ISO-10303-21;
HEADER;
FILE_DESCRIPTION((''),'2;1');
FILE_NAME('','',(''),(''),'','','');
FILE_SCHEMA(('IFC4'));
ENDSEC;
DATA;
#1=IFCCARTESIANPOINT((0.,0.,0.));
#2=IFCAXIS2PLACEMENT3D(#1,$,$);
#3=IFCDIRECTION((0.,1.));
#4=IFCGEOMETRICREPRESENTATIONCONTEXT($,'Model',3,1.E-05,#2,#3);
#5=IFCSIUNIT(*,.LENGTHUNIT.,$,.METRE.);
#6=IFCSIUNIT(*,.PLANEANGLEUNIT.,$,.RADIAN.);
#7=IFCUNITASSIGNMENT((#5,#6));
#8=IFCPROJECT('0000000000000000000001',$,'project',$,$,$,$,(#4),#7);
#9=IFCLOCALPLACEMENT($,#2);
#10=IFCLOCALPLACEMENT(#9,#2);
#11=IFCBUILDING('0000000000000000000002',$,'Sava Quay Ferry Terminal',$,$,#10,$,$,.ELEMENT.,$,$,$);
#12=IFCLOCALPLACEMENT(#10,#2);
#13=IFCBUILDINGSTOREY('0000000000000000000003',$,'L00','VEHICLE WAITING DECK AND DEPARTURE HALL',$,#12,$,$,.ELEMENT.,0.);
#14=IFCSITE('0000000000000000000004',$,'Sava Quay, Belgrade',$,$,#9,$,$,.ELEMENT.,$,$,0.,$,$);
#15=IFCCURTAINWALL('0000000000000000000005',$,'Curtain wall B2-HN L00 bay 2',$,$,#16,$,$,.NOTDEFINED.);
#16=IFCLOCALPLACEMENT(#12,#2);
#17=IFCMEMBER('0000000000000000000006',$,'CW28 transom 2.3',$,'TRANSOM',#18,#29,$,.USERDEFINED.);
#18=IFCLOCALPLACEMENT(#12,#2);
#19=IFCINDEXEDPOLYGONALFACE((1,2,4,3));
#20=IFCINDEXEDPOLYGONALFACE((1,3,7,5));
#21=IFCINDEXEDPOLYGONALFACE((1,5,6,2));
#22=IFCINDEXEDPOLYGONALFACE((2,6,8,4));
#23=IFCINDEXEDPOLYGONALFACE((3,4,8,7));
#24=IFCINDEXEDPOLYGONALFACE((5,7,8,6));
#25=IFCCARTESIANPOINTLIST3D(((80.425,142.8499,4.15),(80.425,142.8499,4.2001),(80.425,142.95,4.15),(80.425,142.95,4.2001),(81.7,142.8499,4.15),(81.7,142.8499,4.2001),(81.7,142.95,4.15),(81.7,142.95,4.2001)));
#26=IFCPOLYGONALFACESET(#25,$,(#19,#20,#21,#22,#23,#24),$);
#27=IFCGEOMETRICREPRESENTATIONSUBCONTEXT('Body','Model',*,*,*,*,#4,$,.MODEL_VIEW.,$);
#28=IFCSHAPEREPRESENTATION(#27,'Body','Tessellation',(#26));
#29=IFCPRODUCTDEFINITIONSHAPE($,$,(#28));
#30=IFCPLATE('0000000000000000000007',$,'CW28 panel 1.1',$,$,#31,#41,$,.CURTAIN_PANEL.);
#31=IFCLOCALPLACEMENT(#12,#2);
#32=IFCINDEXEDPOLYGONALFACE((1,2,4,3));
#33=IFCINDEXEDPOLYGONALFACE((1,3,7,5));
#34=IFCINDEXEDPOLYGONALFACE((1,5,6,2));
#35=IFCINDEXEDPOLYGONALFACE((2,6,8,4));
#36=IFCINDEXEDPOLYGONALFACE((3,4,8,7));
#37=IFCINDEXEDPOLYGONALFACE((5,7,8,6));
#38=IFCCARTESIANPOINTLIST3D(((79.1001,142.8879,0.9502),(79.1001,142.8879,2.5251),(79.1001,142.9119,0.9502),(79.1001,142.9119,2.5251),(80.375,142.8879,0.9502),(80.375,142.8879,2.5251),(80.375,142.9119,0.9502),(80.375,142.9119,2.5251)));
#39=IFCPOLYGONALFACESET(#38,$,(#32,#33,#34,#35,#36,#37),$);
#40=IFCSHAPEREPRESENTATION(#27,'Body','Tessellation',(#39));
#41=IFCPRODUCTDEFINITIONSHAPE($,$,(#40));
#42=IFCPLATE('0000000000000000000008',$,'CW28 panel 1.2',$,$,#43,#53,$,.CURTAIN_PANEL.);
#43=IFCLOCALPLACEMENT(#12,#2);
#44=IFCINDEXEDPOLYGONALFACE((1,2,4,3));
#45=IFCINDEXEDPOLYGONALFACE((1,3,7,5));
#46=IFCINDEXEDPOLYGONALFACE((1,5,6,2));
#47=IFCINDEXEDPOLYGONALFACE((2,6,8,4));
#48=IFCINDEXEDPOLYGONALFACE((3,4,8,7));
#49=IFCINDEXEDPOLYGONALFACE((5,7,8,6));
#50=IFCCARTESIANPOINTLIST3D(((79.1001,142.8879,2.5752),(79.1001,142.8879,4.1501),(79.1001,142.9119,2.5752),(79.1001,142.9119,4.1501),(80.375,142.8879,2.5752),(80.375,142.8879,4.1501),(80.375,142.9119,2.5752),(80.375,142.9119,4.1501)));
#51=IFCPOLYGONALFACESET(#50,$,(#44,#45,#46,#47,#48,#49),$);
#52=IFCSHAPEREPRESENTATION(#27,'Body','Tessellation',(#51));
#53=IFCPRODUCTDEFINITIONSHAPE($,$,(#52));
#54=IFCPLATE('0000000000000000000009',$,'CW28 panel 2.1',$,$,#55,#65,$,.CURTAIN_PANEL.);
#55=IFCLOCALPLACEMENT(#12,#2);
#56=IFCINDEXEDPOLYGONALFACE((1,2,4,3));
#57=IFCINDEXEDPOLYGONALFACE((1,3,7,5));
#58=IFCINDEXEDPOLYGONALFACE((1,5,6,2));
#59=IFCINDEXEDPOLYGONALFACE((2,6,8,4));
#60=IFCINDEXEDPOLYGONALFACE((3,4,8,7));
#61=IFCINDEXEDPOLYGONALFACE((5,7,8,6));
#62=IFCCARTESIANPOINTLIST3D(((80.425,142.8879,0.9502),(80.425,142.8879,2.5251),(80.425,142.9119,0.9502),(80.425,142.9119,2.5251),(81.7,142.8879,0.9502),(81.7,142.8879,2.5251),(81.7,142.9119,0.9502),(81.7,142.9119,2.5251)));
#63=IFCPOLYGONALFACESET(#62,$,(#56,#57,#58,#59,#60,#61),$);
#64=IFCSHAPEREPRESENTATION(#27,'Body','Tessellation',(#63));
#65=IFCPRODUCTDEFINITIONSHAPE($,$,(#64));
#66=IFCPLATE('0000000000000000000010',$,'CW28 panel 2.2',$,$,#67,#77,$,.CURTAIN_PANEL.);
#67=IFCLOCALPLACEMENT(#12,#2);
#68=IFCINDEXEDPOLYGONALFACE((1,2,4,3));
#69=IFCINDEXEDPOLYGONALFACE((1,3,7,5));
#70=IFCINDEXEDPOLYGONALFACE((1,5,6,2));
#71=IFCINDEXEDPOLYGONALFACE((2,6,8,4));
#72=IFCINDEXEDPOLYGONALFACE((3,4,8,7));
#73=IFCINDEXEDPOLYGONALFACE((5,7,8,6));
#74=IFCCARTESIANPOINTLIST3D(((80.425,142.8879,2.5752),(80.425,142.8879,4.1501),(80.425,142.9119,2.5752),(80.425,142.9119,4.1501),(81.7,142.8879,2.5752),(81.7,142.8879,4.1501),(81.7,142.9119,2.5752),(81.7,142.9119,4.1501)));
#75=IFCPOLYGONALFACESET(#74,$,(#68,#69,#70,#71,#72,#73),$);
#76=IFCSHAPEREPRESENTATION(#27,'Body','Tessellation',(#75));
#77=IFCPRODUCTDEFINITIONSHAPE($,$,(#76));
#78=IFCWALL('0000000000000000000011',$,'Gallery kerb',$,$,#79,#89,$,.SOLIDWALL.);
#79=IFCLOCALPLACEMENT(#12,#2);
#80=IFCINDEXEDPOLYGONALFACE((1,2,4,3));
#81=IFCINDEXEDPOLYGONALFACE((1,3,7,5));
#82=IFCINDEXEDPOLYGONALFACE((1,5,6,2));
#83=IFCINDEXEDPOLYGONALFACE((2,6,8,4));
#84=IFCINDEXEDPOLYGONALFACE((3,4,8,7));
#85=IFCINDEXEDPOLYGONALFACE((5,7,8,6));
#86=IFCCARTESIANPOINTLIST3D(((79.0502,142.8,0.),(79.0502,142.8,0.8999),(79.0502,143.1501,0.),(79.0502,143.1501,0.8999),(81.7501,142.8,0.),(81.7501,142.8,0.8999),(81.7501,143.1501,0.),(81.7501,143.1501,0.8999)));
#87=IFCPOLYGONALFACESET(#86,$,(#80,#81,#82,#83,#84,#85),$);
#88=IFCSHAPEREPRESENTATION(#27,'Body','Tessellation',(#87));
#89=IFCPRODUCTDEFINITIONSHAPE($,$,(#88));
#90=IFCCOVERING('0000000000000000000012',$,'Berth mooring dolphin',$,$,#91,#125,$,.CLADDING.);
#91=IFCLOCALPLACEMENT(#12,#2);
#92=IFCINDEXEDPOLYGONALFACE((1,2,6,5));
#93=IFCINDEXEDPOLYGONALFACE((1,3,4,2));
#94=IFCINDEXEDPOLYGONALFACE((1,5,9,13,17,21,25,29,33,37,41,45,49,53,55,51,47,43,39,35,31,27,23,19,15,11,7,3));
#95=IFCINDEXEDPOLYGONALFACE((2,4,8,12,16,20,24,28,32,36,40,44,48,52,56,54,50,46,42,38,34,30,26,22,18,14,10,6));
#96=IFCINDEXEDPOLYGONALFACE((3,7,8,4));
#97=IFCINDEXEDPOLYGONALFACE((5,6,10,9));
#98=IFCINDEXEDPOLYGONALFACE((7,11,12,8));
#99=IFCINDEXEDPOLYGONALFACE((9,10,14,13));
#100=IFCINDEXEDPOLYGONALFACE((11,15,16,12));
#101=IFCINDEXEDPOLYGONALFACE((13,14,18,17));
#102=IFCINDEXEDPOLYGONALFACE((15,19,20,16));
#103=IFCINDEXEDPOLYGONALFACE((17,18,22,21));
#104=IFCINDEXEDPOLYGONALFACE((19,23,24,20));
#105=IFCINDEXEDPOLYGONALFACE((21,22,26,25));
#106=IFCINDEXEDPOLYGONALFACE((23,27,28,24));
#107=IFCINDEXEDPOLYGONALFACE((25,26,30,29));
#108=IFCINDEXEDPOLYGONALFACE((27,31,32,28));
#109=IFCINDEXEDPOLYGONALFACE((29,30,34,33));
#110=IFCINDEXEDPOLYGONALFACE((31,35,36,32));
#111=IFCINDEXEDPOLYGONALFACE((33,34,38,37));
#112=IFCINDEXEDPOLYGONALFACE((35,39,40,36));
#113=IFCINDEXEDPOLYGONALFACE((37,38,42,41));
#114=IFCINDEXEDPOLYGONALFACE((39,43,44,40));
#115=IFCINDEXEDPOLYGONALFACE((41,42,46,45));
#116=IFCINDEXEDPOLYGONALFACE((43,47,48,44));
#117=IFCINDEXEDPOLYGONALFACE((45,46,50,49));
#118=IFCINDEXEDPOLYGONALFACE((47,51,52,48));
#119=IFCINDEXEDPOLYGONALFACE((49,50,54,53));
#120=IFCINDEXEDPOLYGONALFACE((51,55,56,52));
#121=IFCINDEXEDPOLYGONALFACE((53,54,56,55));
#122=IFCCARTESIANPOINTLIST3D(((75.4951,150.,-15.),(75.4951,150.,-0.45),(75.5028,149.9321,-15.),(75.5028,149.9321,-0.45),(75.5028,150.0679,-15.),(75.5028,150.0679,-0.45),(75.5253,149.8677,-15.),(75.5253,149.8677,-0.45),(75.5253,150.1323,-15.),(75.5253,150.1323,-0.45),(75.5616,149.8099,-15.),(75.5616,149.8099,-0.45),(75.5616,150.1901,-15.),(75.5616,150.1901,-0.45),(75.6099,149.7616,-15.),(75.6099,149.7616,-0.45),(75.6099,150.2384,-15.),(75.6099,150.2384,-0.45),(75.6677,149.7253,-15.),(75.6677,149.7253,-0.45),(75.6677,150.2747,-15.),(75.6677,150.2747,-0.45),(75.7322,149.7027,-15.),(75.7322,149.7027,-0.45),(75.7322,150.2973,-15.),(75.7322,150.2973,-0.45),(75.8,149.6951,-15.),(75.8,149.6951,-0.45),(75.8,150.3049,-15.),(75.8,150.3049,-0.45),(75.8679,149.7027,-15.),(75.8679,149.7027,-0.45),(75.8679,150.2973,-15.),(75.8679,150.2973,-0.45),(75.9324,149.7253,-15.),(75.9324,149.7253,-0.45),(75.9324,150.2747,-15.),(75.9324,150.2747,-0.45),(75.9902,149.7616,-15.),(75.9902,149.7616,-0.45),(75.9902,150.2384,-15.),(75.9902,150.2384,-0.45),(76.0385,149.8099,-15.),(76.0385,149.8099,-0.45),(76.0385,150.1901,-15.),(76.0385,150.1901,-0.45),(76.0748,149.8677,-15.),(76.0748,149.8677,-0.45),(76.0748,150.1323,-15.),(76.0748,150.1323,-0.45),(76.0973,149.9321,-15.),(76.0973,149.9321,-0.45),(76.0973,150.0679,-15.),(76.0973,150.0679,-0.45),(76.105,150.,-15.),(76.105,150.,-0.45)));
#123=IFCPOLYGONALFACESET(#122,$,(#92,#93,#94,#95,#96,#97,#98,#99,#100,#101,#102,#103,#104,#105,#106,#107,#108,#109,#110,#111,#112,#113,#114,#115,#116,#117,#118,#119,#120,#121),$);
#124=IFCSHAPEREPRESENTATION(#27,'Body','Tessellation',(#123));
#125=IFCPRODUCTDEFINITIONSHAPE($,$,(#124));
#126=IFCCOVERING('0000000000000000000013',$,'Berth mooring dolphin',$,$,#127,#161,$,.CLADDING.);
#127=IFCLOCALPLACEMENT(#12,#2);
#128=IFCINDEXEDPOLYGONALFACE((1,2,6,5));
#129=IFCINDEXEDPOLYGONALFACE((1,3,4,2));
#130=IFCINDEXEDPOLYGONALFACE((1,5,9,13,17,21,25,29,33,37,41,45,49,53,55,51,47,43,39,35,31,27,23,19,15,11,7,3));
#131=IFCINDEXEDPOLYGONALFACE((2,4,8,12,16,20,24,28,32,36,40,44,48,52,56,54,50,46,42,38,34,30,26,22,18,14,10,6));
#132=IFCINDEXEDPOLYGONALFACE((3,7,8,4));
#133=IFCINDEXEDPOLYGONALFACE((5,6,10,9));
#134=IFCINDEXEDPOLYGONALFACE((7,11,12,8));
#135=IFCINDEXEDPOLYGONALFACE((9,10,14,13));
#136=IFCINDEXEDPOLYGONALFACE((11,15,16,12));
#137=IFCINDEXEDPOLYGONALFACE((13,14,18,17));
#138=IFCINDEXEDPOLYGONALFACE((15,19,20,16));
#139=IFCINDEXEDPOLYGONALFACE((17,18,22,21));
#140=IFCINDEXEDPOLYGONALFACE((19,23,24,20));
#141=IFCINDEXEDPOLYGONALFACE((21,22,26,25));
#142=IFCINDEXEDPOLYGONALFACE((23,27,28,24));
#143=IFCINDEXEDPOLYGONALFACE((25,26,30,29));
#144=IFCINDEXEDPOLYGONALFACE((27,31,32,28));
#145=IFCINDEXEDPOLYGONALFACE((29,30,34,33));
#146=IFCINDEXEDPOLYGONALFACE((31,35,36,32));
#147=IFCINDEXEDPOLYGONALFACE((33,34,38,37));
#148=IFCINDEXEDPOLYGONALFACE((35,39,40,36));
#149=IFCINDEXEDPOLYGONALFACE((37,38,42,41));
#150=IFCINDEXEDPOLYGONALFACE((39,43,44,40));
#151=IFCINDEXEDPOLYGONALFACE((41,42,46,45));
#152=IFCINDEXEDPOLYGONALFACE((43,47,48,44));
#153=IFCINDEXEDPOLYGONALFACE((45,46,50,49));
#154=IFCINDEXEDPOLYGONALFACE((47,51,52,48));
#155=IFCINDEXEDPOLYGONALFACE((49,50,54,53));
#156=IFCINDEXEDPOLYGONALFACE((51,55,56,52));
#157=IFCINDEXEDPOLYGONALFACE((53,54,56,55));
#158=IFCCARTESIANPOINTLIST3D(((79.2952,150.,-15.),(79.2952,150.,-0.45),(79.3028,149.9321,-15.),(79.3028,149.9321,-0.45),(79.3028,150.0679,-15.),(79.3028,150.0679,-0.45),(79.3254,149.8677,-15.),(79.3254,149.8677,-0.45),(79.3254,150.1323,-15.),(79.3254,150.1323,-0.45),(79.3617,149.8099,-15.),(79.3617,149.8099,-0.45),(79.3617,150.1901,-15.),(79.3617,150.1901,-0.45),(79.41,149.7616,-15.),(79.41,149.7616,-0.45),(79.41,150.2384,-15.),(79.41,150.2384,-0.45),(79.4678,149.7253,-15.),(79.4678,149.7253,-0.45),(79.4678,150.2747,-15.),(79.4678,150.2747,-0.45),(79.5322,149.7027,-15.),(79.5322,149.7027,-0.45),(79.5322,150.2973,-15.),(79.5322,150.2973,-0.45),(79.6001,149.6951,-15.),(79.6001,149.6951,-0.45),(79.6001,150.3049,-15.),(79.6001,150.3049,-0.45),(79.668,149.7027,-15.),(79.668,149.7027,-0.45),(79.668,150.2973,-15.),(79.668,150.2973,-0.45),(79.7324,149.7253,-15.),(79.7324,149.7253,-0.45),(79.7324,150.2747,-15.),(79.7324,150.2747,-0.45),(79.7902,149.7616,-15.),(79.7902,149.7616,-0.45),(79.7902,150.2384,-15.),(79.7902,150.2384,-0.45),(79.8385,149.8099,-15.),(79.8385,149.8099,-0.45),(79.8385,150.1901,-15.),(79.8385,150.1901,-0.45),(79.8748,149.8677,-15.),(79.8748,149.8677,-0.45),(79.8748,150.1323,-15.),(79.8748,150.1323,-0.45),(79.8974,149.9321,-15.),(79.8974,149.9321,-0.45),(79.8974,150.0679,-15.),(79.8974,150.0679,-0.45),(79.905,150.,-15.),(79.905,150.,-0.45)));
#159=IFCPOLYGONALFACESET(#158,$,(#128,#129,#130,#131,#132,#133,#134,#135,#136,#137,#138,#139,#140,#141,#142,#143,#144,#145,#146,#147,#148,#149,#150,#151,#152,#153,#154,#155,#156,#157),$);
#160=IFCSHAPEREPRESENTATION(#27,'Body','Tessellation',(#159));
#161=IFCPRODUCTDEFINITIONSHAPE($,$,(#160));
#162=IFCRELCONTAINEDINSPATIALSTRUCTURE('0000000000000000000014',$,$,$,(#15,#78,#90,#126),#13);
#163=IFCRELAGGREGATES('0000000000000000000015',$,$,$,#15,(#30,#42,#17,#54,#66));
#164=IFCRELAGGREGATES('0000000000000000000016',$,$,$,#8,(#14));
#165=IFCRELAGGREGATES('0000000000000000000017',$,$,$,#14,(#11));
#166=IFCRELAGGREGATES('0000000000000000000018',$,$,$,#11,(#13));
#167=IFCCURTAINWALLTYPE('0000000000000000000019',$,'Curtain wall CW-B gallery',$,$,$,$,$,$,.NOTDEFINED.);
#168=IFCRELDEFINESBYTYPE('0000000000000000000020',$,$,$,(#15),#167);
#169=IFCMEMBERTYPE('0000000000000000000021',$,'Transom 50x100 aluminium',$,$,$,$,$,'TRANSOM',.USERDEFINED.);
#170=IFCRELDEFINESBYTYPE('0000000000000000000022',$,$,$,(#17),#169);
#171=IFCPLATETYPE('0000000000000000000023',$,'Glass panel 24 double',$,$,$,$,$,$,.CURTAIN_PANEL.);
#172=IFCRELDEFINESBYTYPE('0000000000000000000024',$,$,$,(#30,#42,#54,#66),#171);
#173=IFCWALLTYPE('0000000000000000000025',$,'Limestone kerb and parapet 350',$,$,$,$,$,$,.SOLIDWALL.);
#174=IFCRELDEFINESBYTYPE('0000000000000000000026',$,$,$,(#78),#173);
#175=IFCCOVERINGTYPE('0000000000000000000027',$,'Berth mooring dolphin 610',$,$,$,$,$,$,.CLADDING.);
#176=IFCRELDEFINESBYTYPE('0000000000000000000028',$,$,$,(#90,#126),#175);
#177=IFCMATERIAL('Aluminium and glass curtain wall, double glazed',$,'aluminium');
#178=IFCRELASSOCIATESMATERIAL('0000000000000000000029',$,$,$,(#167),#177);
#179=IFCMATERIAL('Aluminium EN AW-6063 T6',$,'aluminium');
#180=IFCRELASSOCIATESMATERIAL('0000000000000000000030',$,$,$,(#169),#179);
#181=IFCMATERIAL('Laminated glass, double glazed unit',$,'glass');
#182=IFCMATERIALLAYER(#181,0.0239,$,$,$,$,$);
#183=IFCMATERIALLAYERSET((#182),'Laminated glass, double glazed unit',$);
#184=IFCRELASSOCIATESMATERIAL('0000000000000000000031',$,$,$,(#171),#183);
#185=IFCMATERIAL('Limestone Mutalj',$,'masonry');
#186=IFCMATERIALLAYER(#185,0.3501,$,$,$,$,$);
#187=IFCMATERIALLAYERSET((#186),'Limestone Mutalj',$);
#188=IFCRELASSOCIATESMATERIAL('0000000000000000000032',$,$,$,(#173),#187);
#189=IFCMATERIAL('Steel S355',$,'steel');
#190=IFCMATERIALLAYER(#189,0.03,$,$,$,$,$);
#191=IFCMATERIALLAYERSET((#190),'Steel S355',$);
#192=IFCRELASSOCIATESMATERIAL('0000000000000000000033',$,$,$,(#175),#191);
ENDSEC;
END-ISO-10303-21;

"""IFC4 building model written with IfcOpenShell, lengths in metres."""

from ifc_helpers import new_model, si_unit, direction, frame, frame_2d, origin, origin_2d, place, context, subcontext, project, spatial, rectangle, circle, extrude, material, layer, layer_set, material_profile, profile_set, type_object, element, aggregate, save


model = new_model("IFC4")

# Units and contexts
model_context = context("Model", 3, precision=1e-05, world=origin(), true_north=direction((0.0, 1.0)))
body_context = subcontext(model_context, "Body", "Model", "MODEL_VIEW")
ifc_project = project(units=[si_unit("LENGTHUNIT", "METRE"), si_unit("PLANEANGLEUNIT", "RADIAN")], contexts=[model_context])

# Site, building, storey
site_placement = place(None, origin())
site = spatial("IfcSite", under=ifc_project, at=site_placement, Name="Sava Quay, Belgrade", CompositionType="ELEMENT", RefElevation=0.0)
building_placement = place(site_placement, origin())
building = spatial("IfcBuilding", under=site, at=building_placement, Name="Sava Quay Ferry Terminal", CompositionType="ELEMENT")
storey_placement = place(building_placement, origin())
storey = spatial("IfcBuildingStorey", under=building, at=storey_placement, Name="L00", Description="VEHICLE WAITING DECK AND DEPARTURE HALL", CompositionType="ELEMENT", Elevation=0.0)

# Shared definitions
ifc_material_1 = material(Name="Aluminium and glass curtain wall, double glazed", Category="aluminium")
curtain_wall_type = type_object("IfcCurtainWallType", Name="Curtain wall CW-B gallery", PredefinedType="NOTDEFINED", material=ifc_material_1)

# Curtain wall, member, plates
curtain_wall_1_placement = place(storey_placement, origin())
curtain_wall_1 = element("IfcCurtainWall", 1, at=curtain_wall_1_placement, inside=storey, type_object=curtain_wall_type, Name="Curtain wall B2-HN L00 bay 2", PredefinedType="NOTDEFINED")
ifc_material_2 = material(Name="Aluminium EN AW-6063 T6", Category="aluminium")
ifc_material_profile_1 = material_profile(ifc_material_2, rectangle(XDim=0.1001, YDim=0.05, at=origin_2d()), Name="Transom 50x100 aluminium")
ifc_profile_set_1 = profile_set([ifc_material_profile_1], Name="Aluminium EN AW-6063 T6")
member_type_1 = type_object("IfcMemberType", Name="Transom 50x100 aluminium", ElementType="TRANSOM", PredefinedType="USERDEFINED", material=ifc_profile_set_1)
member_1_placement = place(storey_placement, frame((80.425, 142.8999, 4.175), z_axis=(1.0, 0.0, 0.0), x_axis=(0.0, 1.0, 0.0)))
member_1 = element("IfcMember", 2, at=member_1_placement, type_object=member_type_1, Name="CW28 transom 2.3", ObjectType="TRANSOM", PredefinedType="USERDEFINED", context=body_context, shape_type="SweptSolid", body=[
    extrude(rectangle(XDim=0.1001, YDim=0.05, at=origin_2d()), origin(), (0.0, 0.0, 1.0), 1.2749),
])
ifc_material_3 = material(Name="Laminated glass, double glazed unit", Category="glass")
ifc_layer_1 = layer(ifc_material_3, 0.0239)
ifc_layer_set_1 = layer_set([ifc_layer_1], Name="Laminated glass, double glazed unit")
plate_type = type_object("IfcPlateType", Name="Glass panel 24 double", PredefinedType="CURTAIN_PANEL", material=ifc_layer_set_1)
plate_1_placement = place(storey_placement, frame((79.7375, 142.8999, 0.9502), z_axis=(0.0, 0.0, 1.0), x_axis=(1.0, 0.0, 0.0)))
plate_1 = element("IfcPlate", 3, at=plate_1_placement, type_object=plate_type, Name="CW28 panel 1.1", PredefinedType="CURTAIN_PANEL", context=body_context, shape_type="SweptSolid", body=[
    extrude(rectangle(XDim=1.2749, YDim=0.0239, at=origin_2d()), origin(), (0.0, 0.0, 1.0), 1.575),
])
plate_2_placement = place(storey_placement, frame((79.7375, 142.8999, 2.5752), z_axis=(0.0, 0.0, 1.0), x_axis=(1.0, 0.0, 0.0)))
plate_2 = element("IfcPlate", 4, at=plate_2_placement, type_object=plate_type, Name="CW28 panel 1.2", PredefinedType="CURTAIN_PANEL", context=body_context, shape_type="SweptSolid", body=[
    extrude(rectangle(XDim=1.2749, YDim=0.0239, at=origin_2d()), origin(), (0.0, 0.0, 1.0), 1.575),
])
plate_3_placement = place(storey_placement, frame((81.0625, 142.8999, 0.9502), z_axis=(0.0, 0.0, 1.0), x_axis=(1.0, 0.0, 0.0)))
plate_3 = element("IfcPlate", 5, at=plate_3_placement, type_object=plate_type, Name="CW28 panel 2.1", PredefinedType="CURTAIN_PANEL", context=body_context, shape_type="SweptSolid", body=[
    extrude(rectangle(XDim=1.2749, YDim=0.0239, at=origin_2d()), origin(), (0.0, 0.0, 1.0), 1.575),
])
plate_4_placement = place(storey_placement, frame((81.0625, 142.8999, 2.5752), z_axis=(0.0, 0.0, 1.0), x_axis=(1.0, 0.0, 0.0)))
plate_4 = element("IfcPlate", 6, at=plate_4_placement, type_object=plate_type, Name="CW28 panel 2.2", PredefinedType="CURTAIN_PANEL", context=body_context, shape_type="SweptSolid", body=[
    extrude(rectangle(XDim=1.2749, YDim=0.0239, at=origin_2d()), origin(), (0.0, 0.0, 1.0), 1.575),
])
aggregate(curtain_wall_1, [plate_1, plate_2, member_1, plate_3, plate_4])

# Wall
ifc_material_4 = material(Name="Limestone Mutalj", Category="masonry")
ifc_layer_2 = layer(ifc_material_4, 0.3501)
ifc_layer_set_2 = layer_set([ifc_layer_2], Name="Limestone Mutalj")
wall_type = type_object("IfcWallType", Name="Limestone kerb and parapet 350", PredefinedType="SOLIDWALL", material=ifc_layer_set_2)
wall_placement = place(storey_placement, frame((79.05, 142.9751, 0.0), z_axis=(0.0, 0.0, 1.0), x_axis=(1.0, 0.0, 0.0)))
element("IfcWall", 7, at=wall_placement, inside=storey, type_object=wall_type, Name="Gallery kerb", PredefinedType="SOLIDWALL", context=body_context, shape_type="SweptSolid", body=[
    extrude(rectangle(XDim=2.7, YDim=0.3501, at=frame_2d((1.3501, 0.0))), origin(), (0.0, 0.0, 1.0), 0.8999),
])

# Coverings
ifc_material_5 = material(Name="Steel S355", Category="steel")
ifc_layer_3 = layer(ifc_material_5, 0.03)
ifc_layer_set_3 = layer_set([ifc_layer_3], Name="Steel S355")
covering_type_1 = type_object("IfcCoveringType", Name="Berth mooring dolphin 610", PredefinedType="CLADDING", material=ifc_layer_set_3)
for number, where, z_axis, x_axis, name in (
    (8, (75.8, 150.0, -0.45), (0.0, 0.0, -1.0), (1.0, 0.0, 0.0), "Berth mooring dolphin"),
    (9, (79.6001, 150.0, -0.45), (0.0, 0.0, -1.0), (1.0, 0.0, 0.0), "Berth mooring dolphin"),
):
    element("IfcCovering", number, at=place(storey_placement, frame(where, z_axis=z_axis, x_axis=x_axis)), inside=storey, type_object=covering_type_1, Name=name, PredefinedType="CLADDING", context=body_context, shape_type="SweptSolid", body=[
        extrude(circle(Radius=0.3049, at=origin_2d()), origin(), (0.0, 0.0, 1.0), 14.55),
    ])

save(model, "model.ifc")
